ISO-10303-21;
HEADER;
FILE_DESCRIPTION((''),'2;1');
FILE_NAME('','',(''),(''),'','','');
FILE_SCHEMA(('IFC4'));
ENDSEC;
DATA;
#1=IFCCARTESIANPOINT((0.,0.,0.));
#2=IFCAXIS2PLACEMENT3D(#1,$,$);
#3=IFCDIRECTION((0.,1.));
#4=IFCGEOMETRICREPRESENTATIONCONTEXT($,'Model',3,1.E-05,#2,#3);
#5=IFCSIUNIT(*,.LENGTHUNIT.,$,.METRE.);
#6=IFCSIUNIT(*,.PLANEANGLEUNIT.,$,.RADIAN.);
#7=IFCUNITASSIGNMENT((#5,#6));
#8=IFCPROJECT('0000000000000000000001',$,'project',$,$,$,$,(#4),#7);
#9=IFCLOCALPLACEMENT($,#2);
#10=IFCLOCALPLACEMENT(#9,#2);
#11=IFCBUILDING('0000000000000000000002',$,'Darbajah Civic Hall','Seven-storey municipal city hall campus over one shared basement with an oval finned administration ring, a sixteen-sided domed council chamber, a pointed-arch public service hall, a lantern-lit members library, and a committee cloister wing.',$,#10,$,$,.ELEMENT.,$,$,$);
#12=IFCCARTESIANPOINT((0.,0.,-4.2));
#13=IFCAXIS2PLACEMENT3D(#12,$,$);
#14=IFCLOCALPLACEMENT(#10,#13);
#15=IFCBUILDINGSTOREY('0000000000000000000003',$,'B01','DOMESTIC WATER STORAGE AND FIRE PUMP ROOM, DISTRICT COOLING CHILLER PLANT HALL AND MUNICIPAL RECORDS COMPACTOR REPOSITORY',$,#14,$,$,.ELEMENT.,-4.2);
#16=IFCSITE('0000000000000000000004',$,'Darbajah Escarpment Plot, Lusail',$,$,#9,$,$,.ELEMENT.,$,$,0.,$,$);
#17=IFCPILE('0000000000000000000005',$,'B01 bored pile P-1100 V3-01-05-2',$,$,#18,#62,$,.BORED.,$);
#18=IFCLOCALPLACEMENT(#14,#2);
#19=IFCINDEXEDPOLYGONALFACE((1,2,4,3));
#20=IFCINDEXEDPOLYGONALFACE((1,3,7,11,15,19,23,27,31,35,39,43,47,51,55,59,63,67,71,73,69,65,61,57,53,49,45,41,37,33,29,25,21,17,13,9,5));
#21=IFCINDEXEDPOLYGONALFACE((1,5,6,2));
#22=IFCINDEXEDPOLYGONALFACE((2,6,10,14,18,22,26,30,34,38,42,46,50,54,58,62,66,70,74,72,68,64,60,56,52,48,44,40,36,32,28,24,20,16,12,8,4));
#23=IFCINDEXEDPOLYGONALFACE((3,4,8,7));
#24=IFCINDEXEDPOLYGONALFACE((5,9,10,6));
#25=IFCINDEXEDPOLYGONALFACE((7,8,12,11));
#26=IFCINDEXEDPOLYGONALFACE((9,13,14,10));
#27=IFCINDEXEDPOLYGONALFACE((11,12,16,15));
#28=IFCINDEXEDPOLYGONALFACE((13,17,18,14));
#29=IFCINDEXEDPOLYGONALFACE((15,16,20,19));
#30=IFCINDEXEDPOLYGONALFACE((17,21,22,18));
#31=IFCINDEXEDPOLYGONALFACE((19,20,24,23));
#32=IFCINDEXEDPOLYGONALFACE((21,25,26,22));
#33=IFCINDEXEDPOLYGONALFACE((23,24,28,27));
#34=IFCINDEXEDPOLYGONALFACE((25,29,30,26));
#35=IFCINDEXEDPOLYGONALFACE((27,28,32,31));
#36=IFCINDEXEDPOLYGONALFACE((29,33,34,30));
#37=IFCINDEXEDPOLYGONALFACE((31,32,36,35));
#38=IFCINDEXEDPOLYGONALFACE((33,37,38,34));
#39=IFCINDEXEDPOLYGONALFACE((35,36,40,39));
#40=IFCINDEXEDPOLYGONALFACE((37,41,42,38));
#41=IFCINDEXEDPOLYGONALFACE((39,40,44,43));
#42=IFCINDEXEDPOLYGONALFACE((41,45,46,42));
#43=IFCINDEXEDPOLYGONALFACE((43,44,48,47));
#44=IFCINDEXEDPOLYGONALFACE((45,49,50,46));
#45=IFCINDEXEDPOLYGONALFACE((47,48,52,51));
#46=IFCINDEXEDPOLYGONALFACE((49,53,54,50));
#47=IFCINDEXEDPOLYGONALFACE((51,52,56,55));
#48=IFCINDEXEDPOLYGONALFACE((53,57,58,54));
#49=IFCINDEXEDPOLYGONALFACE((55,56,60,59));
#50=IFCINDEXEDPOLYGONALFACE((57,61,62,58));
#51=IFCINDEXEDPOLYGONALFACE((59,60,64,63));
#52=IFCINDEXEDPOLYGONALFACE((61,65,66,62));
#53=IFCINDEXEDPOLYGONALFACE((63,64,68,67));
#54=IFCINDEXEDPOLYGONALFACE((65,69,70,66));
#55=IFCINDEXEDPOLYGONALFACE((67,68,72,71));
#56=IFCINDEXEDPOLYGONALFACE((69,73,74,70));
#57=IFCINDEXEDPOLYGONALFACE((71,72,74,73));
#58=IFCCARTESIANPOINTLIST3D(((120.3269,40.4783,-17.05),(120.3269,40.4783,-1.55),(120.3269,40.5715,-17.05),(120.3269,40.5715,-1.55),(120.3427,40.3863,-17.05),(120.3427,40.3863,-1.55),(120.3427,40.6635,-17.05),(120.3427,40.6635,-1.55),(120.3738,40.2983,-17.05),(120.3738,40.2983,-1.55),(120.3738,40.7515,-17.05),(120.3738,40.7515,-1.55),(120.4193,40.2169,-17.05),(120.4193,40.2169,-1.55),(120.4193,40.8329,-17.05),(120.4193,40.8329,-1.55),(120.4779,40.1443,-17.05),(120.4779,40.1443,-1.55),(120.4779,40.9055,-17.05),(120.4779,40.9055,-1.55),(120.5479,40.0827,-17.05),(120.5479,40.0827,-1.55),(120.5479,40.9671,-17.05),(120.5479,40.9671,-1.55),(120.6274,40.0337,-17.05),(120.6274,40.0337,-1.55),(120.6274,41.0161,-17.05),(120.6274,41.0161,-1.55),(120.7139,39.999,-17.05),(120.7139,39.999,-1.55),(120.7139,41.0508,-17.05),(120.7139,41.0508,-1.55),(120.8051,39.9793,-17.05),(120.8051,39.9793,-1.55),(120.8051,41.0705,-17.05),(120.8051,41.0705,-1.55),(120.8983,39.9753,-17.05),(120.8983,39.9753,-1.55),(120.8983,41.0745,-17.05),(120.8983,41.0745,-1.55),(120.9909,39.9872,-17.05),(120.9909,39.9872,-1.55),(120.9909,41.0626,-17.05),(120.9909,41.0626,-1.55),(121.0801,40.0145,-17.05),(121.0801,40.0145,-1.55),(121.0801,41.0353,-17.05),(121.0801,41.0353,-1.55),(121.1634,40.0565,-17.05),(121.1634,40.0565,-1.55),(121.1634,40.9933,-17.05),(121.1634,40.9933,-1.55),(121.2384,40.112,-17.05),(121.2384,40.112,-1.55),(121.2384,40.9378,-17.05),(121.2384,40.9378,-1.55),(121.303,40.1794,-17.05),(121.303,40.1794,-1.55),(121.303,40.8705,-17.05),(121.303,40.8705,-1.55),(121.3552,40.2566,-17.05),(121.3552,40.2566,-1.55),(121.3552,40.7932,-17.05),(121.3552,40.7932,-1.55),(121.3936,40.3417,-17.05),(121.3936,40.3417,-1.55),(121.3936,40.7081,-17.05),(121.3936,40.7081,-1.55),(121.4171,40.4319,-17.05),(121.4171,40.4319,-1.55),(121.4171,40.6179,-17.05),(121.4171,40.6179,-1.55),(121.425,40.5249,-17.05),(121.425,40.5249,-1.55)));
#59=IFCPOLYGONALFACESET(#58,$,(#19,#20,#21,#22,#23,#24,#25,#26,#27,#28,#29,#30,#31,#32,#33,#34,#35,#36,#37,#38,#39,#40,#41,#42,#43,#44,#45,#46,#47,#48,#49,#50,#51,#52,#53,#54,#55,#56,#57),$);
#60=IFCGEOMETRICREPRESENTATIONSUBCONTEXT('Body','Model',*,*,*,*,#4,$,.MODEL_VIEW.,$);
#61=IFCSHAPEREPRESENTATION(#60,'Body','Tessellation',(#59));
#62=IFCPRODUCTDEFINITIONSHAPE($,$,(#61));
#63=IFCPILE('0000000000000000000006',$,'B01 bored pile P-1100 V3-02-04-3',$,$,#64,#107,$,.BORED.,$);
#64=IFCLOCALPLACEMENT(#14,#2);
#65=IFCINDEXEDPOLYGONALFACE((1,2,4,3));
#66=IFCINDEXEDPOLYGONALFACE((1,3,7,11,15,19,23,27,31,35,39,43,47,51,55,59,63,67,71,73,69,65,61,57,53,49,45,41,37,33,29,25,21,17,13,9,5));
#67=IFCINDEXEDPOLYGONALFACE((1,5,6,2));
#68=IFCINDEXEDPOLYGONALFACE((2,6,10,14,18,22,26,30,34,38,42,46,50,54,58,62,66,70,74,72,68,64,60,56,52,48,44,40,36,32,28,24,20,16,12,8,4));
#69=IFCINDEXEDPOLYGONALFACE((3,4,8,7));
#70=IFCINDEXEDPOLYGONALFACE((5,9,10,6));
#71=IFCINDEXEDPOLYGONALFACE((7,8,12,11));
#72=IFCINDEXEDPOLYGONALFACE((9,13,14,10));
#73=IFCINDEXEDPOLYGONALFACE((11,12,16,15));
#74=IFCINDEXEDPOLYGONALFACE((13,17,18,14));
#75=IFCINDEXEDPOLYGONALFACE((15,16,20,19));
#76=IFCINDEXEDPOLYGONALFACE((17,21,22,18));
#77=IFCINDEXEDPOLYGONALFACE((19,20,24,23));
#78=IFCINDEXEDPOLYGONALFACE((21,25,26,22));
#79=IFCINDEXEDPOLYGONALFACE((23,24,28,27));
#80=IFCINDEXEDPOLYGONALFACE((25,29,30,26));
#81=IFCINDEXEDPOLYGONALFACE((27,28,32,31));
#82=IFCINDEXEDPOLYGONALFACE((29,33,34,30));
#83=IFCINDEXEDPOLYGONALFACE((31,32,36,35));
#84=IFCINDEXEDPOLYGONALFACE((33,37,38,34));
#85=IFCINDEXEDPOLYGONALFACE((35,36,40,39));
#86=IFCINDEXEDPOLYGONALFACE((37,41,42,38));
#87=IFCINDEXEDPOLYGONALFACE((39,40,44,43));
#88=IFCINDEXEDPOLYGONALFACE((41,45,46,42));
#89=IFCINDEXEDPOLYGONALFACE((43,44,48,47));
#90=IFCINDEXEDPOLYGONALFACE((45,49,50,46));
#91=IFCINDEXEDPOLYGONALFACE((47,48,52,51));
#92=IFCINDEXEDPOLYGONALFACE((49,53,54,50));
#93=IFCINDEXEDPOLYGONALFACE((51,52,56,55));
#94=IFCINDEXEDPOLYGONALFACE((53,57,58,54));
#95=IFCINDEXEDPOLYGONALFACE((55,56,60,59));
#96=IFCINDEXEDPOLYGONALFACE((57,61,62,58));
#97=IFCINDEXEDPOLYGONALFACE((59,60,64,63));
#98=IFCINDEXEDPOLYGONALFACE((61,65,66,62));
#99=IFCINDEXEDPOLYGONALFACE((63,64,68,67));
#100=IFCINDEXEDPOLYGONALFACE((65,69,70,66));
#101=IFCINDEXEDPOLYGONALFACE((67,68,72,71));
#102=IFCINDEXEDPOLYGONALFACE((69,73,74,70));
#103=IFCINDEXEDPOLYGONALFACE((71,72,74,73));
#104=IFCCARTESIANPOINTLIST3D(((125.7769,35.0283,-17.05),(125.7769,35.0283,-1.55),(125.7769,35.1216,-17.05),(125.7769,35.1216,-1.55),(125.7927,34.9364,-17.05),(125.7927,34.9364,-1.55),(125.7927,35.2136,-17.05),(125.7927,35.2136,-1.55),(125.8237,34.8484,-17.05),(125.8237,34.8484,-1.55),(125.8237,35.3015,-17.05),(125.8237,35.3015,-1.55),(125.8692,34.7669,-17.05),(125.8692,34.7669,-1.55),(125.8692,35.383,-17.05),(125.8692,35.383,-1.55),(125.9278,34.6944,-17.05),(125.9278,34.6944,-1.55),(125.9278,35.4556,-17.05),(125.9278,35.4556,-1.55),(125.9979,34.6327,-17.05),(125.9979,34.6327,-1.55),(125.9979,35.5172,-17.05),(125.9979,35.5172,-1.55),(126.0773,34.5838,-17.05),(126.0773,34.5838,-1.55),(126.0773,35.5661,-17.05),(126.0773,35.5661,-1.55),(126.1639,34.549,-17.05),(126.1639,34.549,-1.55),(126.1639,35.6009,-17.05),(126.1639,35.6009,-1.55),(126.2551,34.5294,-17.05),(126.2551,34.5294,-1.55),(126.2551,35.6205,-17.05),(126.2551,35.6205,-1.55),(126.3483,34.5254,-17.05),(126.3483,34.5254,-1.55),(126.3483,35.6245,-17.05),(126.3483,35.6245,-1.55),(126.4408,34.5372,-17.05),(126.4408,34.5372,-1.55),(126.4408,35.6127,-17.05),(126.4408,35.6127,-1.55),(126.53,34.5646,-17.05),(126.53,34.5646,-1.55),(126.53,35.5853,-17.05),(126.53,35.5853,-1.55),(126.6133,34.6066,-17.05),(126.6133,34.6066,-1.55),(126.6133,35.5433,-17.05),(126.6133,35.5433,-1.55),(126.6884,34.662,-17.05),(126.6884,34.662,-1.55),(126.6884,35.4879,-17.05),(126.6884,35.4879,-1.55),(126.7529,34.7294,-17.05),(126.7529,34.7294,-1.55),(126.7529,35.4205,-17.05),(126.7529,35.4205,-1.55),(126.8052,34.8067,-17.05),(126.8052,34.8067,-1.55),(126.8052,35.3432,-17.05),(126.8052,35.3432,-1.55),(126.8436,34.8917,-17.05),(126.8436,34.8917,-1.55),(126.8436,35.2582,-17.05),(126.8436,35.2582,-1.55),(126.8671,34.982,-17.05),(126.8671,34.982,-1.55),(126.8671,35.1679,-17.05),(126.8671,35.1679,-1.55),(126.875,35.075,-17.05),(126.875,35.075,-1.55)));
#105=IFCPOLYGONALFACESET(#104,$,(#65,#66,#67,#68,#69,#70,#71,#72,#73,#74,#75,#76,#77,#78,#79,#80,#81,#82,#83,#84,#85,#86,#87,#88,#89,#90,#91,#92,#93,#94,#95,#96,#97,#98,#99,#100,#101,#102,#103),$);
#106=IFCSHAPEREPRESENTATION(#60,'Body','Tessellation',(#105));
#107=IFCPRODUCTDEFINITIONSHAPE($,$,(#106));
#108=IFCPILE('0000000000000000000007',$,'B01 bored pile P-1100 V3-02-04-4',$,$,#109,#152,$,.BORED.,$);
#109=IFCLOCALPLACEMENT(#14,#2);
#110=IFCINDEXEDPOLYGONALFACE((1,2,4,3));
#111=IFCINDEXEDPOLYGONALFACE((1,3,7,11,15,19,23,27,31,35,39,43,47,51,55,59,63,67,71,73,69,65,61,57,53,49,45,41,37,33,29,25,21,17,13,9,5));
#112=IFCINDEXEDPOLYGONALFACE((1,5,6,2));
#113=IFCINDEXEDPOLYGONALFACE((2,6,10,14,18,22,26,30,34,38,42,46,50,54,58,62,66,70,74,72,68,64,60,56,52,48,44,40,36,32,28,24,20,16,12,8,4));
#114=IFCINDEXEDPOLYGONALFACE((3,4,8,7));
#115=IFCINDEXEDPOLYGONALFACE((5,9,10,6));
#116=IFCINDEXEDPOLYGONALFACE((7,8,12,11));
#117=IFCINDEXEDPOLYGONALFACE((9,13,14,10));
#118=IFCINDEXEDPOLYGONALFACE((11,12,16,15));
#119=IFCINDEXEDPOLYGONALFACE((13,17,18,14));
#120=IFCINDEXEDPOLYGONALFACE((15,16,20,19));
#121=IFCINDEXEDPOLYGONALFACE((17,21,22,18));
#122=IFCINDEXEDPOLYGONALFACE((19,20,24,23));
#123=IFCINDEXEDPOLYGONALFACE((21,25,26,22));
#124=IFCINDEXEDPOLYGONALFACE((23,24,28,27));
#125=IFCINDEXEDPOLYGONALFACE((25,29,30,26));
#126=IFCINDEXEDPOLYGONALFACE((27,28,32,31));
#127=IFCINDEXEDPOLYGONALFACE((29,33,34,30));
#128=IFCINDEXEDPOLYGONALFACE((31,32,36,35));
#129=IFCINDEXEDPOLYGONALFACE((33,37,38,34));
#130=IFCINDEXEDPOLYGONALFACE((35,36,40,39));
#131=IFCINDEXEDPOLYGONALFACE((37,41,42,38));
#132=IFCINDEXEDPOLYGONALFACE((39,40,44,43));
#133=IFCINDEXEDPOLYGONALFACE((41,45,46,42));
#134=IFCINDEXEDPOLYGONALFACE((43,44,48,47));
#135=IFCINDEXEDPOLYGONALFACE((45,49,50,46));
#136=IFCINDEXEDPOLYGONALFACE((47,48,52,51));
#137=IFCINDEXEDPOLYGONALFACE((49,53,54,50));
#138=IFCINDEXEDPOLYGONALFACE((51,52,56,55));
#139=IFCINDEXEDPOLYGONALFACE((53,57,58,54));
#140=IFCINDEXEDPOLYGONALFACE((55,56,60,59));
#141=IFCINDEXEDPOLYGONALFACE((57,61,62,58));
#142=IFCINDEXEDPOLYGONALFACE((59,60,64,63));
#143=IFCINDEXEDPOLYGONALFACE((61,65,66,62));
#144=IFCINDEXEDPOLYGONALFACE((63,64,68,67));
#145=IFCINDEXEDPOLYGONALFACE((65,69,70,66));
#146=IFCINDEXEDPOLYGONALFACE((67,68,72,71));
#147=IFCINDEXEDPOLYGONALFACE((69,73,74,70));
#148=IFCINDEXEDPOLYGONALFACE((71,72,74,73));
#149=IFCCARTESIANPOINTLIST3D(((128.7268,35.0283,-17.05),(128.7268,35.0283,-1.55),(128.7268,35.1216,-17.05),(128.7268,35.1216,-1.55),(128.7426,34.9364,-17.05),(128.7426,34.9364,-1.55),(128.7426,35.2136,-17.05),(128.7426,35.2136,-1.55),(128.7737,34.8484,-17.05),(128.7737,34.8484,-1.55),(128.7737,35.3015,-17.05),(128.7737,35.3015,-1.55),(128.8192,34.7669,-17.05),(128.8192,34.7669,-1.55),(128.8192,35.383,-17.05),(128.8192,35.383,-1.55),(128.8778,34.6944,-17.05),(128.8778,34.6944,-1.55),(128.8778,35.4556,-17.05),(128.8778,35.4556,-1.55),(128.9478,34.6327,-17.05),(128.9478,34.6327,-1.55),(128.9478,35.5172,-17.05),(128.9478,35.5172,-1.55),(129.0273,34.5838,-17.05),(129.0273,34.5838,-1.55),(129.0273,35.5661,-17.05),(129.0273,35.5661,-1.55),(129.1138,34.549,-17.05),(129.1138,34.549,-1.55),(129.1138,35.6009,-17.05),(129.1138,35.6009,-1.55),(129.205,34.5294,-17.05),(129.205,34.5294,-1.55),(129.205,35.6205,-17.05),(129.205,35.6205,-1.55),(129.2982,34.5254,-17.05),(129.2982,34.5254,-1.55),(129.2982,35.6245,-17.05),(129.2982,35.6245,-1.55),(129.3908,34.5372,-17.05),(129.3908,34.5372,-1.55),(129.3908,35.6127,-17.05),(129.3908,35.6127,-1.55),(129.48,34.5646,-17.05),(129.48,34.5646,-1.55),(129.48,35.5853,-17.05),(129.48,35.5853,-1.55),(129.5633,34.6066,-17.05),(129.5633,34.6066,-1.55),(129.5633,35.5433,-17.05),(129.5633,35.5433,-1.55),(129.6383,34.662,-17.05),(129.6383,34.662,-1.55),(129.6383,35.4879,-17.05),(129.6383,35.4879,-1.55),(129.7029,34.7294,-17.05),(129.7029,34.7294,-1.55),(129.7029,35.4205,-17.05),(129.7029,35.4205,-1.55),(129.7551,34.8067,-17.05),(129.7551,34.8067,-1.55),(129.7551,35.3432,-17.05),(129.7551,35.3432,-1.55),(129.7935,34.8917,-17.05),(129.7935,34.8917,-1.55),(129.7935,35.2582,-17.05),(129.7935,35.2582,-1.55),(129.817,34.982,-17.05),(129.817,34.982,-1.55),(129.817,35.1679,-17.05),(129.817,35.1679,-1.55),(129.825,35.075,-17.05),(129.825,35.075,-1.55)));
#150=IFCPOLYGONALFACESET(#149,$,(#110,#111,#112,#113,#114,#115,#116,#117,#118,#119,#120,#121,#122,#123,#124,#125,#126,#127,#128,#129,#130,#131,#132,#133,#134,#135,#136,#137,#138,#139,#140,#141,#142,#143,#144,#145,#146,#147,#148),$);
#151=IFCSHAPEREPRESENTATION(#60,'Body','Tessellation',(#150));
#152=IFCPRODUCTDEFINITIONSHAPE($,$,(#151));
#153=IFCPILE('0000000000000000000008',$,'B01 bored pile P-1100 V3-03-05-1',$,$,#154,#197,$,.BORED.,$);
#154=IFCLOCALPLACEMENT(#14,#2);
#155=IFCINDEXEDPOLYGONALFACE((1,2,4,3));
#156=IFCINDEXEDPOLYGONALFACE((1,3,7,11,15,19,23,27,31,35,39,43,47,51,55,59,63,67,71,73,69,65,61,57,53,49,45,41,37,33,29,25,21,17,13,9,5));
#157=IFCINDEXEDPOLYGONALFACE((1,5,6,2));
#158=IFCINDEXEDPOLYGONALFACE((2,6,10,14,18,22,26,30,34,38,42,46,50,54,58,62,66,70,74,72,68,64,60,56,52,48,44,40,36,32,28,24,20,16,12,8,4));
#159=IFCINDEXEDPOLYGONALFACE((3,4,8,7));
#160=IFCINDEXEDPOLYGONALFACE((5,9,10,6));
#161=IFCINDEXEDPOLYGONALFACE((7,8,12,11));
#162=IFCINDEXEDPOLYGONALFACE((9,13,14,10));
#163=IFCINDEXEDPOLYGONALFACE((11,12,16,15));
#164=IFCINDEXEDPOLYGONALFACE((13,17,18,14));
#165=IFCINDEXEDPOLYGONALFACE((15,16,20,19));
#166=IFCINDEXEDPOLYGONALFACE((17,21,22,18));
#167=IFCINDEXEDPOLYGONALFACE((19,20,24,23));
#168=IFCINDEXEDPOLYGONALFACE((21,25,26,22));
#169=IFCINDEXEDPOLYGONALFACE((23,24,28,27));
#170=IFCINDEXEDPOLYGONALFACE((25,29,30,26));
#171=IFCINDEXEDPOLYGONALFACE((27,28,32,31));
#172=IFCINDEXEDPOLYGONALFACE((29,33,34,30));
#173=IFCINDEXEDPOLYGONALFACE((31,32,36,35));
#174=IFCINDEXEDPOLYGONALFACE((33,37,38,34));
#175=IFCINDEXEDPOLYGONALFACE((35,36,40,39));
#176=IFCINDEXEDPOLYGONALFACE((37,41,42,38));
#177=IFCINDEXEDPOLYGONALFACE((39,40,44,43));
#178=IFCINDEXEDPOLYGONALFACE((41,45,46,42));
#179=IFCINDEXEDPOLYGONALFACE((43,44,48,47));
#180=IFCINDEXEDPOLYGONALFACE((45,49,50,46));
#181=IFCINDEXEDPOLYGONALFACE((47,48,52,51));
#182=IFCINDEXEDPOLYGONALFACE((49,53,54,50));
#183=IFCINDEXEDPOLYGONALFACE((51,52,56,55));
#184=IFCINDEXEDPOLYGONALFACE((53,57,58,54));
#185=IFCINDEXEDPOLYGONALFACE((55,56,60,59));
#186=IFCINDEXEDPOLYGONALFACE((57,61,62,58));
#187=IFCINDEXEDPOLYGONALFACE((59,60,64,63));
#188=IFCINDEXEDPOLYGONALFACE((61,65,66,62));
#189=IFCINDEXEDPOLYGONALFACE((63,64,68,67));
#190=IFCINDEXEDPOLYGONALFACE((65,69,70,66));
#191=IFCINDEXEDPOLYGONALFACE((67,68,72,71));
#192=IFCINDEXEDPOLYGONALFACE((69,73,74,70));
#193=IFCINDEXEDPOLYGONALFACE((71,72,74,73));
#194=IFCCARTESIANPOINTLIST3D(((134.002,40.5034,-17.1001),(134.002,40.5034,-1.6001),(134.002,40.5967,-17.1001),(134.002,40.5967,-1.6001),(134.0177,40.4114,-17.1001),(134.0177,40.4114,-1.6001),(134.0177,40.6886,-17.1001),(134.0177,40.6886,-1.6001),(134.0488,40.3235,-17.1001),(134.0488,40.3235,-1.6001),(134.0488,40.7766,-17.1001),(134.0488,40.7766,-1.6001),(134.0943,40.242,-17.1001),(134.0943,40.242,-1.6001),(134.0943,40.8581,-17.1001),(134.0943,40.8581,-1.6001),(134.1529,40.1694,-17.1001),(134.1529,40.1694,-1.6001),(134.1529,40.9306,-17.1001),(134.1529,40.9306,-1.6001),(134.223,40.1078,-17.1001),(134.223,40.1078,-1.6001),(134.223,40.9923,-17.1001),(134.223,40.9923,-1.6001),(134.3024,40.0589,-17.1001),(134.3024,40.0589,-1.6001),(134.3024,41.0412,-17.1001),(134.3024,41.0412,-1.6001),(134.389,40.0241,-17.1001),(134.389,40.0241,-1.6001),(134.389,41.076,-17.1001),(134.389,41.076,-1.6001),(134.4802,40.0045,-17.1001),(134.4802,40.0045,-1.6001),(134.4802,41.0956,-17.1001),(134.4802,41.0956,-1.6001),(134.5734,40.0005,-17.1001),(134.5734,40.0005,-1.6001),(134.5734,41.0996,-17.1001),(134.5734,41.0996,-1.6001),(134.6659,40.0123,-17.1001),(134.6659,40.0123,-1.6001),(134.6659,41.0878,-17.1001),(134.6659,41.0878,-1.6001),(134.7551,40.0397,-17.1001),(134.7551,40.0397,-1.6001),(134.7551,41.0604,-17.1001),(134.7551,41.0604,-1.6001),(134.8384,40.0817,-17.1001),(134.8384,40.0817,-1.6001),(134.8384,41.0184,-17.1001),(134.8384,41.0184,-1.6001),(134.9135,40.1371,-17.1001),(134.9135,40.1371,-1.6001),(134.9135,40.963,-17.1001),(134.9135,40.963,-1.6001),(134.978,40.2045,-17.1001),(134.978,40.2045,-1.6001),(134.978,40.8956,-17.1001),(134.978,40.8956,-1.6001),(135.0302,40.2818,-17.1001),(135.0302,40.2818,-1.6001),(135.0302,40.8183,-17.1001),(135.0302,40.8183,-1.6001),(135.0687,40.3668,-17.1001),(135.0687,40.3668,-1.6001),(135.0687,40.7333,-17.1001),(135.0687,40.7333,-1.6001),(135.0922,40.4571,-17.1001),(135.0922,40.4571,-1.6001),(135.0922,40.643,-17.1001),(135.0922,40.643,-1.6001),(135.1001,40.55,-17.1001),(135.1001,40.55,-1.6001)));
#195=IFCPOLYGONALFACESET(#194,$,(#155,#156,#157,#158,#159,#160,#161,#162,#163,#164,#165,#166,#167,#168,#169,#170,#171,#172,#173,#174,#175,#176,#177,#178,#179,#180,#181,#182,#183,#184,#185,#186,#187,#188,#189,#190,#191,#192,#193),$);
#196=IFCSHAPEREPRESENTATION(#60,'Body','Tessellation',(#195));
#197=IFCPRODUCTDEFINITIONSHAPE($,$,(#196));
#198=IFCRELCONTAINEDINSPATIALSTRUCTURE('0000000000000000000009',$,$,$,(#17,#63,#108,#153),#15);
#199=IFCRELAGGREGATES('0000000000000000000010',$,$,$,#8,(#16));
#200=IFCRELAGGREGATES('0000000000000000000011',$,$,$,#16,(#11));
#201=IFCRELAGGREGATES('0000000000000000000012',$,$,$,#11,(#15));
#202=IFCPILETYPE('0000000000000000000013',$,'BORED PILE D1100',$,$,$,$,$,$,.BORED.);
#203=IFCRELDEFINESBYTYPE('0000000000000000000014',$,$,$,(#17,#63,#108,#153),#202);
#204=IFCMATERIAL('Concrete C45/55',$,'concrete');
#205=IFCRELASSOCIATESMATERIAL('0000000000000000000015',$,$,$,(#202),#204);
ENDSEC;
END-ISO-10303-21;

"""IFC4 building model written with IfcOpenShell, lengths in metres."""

from ifc_helpers import new_model, si_unit, direction, frame, origin, origin_2d, place, context, subcontext, project, spatial, circle, extrude, material, material_profile, profile_set, type_object, element, save


model = new_model("IFC4")

# Units and contexts
model_context = context("Model", 3, precision=1e-05, world=origin(), true_north=direction((0.0, 1.0)))
body_context = subcontext(model_context, "Body", "Model", "MODEL_VIEW")
ifc_project = project(units=[si_unit("LENGTHUNIT", "METRE"), si_unit("PLANEANGLEUNIT", "RADIAN")], contexts=[model_context])

# Site, building, storey
site_placement = place(None, origin())
site = spatial("IfcSite", under=ifc_project, at=site_placement, Name="Darbajah Escarpment Plot, Lusail", CompositionType="ELEMENT", RefElevation=0.0)
building_placement = place(site_placement, origin())
building = spatial("IfcBuilding", under=site, at=building_placement, Name="Darbajah Civic Hall", Description="Seven-storey municipal city hall campus over one shared basement with an oval finned administration ring, a sixteen-sided domed council chamber, a pointed-arch public service hall, a lantern-lit members library, and a committee cloister wing.", CompositionType="ELEMENT")
storey_placement = place(building_placement, frame((0.0, 0.0, -4.2)))
storey = spatial("IfcBuildingStorey", under=building, at=storey_placement, Name="B01", Description="DOMESTIC WATER STORAGE AND FIRE PUMP ROOM, DISTRICT COOLING CHILLER PLANT HALL AND MUNICIPAL RECORDS COMPACTOR REPOSITORY", CompositionType="ELEMENT", Elevation=-4.2)

# Piles
ifc_material_1 = material(Name="Concrete C45/55", Category="concrete")
ifc_material_profile_1 = material_profile(ifc_material_1, circle(Radius=0.55, at=origin_2d()), Name="BORED PILE D1100")
ifc_profile_set_1 = profile_set([ifc_material_profile_1], Name="Concrete C45/55")
pile_type_1 = type_object("IfcPileType", Name="BORED PILE D1100", PredefinedType="BORED", material=ifc_profile_set_1)
for number, where, z_axis, x_axis, name in (
    (1, (120.875, 40.5249, -1.55), (0.0, 0.0, -1.0), (1.0, 0.0, 0.0), "B01 bored pile P-1100 V3-01-05-2"),
    (2, (126.325, 35.075, -1.55), (0.0, 0.0, -1.0), (1.0, 0.0, 0.0), "B01 bored pile P-1100 V3-02-04-3"),
    (3, (129.2749, 35.075, -1.55), (0.0, 0.0, -1.0), (1.0, 0.0, 0.0), "B01 bored pile P-1100 V3-02-04-4"),
    (4, (134.55, 40.55, -1.6001), (0.0, 0.0, -1.0), (1.0, 0.0, 0.0), "B01 bored pile P-1100 V3-03-05-1"),
):
    element("IfcPile", number, at=place(storey_placement, frame(where, z_axis=z_axis, x_axis=x_axis)), inside=storey, type_object=pile_type_1, Name=name, PredefinedType="BORED", context=body_context, shape_type="SweptSolid", body=[
        extrude(circle(Radius=0.55, at=origin_2d()), origin(), (0.0, 0.0, 1.0), 15.5),
    ])

save(model, "model.ifc")
